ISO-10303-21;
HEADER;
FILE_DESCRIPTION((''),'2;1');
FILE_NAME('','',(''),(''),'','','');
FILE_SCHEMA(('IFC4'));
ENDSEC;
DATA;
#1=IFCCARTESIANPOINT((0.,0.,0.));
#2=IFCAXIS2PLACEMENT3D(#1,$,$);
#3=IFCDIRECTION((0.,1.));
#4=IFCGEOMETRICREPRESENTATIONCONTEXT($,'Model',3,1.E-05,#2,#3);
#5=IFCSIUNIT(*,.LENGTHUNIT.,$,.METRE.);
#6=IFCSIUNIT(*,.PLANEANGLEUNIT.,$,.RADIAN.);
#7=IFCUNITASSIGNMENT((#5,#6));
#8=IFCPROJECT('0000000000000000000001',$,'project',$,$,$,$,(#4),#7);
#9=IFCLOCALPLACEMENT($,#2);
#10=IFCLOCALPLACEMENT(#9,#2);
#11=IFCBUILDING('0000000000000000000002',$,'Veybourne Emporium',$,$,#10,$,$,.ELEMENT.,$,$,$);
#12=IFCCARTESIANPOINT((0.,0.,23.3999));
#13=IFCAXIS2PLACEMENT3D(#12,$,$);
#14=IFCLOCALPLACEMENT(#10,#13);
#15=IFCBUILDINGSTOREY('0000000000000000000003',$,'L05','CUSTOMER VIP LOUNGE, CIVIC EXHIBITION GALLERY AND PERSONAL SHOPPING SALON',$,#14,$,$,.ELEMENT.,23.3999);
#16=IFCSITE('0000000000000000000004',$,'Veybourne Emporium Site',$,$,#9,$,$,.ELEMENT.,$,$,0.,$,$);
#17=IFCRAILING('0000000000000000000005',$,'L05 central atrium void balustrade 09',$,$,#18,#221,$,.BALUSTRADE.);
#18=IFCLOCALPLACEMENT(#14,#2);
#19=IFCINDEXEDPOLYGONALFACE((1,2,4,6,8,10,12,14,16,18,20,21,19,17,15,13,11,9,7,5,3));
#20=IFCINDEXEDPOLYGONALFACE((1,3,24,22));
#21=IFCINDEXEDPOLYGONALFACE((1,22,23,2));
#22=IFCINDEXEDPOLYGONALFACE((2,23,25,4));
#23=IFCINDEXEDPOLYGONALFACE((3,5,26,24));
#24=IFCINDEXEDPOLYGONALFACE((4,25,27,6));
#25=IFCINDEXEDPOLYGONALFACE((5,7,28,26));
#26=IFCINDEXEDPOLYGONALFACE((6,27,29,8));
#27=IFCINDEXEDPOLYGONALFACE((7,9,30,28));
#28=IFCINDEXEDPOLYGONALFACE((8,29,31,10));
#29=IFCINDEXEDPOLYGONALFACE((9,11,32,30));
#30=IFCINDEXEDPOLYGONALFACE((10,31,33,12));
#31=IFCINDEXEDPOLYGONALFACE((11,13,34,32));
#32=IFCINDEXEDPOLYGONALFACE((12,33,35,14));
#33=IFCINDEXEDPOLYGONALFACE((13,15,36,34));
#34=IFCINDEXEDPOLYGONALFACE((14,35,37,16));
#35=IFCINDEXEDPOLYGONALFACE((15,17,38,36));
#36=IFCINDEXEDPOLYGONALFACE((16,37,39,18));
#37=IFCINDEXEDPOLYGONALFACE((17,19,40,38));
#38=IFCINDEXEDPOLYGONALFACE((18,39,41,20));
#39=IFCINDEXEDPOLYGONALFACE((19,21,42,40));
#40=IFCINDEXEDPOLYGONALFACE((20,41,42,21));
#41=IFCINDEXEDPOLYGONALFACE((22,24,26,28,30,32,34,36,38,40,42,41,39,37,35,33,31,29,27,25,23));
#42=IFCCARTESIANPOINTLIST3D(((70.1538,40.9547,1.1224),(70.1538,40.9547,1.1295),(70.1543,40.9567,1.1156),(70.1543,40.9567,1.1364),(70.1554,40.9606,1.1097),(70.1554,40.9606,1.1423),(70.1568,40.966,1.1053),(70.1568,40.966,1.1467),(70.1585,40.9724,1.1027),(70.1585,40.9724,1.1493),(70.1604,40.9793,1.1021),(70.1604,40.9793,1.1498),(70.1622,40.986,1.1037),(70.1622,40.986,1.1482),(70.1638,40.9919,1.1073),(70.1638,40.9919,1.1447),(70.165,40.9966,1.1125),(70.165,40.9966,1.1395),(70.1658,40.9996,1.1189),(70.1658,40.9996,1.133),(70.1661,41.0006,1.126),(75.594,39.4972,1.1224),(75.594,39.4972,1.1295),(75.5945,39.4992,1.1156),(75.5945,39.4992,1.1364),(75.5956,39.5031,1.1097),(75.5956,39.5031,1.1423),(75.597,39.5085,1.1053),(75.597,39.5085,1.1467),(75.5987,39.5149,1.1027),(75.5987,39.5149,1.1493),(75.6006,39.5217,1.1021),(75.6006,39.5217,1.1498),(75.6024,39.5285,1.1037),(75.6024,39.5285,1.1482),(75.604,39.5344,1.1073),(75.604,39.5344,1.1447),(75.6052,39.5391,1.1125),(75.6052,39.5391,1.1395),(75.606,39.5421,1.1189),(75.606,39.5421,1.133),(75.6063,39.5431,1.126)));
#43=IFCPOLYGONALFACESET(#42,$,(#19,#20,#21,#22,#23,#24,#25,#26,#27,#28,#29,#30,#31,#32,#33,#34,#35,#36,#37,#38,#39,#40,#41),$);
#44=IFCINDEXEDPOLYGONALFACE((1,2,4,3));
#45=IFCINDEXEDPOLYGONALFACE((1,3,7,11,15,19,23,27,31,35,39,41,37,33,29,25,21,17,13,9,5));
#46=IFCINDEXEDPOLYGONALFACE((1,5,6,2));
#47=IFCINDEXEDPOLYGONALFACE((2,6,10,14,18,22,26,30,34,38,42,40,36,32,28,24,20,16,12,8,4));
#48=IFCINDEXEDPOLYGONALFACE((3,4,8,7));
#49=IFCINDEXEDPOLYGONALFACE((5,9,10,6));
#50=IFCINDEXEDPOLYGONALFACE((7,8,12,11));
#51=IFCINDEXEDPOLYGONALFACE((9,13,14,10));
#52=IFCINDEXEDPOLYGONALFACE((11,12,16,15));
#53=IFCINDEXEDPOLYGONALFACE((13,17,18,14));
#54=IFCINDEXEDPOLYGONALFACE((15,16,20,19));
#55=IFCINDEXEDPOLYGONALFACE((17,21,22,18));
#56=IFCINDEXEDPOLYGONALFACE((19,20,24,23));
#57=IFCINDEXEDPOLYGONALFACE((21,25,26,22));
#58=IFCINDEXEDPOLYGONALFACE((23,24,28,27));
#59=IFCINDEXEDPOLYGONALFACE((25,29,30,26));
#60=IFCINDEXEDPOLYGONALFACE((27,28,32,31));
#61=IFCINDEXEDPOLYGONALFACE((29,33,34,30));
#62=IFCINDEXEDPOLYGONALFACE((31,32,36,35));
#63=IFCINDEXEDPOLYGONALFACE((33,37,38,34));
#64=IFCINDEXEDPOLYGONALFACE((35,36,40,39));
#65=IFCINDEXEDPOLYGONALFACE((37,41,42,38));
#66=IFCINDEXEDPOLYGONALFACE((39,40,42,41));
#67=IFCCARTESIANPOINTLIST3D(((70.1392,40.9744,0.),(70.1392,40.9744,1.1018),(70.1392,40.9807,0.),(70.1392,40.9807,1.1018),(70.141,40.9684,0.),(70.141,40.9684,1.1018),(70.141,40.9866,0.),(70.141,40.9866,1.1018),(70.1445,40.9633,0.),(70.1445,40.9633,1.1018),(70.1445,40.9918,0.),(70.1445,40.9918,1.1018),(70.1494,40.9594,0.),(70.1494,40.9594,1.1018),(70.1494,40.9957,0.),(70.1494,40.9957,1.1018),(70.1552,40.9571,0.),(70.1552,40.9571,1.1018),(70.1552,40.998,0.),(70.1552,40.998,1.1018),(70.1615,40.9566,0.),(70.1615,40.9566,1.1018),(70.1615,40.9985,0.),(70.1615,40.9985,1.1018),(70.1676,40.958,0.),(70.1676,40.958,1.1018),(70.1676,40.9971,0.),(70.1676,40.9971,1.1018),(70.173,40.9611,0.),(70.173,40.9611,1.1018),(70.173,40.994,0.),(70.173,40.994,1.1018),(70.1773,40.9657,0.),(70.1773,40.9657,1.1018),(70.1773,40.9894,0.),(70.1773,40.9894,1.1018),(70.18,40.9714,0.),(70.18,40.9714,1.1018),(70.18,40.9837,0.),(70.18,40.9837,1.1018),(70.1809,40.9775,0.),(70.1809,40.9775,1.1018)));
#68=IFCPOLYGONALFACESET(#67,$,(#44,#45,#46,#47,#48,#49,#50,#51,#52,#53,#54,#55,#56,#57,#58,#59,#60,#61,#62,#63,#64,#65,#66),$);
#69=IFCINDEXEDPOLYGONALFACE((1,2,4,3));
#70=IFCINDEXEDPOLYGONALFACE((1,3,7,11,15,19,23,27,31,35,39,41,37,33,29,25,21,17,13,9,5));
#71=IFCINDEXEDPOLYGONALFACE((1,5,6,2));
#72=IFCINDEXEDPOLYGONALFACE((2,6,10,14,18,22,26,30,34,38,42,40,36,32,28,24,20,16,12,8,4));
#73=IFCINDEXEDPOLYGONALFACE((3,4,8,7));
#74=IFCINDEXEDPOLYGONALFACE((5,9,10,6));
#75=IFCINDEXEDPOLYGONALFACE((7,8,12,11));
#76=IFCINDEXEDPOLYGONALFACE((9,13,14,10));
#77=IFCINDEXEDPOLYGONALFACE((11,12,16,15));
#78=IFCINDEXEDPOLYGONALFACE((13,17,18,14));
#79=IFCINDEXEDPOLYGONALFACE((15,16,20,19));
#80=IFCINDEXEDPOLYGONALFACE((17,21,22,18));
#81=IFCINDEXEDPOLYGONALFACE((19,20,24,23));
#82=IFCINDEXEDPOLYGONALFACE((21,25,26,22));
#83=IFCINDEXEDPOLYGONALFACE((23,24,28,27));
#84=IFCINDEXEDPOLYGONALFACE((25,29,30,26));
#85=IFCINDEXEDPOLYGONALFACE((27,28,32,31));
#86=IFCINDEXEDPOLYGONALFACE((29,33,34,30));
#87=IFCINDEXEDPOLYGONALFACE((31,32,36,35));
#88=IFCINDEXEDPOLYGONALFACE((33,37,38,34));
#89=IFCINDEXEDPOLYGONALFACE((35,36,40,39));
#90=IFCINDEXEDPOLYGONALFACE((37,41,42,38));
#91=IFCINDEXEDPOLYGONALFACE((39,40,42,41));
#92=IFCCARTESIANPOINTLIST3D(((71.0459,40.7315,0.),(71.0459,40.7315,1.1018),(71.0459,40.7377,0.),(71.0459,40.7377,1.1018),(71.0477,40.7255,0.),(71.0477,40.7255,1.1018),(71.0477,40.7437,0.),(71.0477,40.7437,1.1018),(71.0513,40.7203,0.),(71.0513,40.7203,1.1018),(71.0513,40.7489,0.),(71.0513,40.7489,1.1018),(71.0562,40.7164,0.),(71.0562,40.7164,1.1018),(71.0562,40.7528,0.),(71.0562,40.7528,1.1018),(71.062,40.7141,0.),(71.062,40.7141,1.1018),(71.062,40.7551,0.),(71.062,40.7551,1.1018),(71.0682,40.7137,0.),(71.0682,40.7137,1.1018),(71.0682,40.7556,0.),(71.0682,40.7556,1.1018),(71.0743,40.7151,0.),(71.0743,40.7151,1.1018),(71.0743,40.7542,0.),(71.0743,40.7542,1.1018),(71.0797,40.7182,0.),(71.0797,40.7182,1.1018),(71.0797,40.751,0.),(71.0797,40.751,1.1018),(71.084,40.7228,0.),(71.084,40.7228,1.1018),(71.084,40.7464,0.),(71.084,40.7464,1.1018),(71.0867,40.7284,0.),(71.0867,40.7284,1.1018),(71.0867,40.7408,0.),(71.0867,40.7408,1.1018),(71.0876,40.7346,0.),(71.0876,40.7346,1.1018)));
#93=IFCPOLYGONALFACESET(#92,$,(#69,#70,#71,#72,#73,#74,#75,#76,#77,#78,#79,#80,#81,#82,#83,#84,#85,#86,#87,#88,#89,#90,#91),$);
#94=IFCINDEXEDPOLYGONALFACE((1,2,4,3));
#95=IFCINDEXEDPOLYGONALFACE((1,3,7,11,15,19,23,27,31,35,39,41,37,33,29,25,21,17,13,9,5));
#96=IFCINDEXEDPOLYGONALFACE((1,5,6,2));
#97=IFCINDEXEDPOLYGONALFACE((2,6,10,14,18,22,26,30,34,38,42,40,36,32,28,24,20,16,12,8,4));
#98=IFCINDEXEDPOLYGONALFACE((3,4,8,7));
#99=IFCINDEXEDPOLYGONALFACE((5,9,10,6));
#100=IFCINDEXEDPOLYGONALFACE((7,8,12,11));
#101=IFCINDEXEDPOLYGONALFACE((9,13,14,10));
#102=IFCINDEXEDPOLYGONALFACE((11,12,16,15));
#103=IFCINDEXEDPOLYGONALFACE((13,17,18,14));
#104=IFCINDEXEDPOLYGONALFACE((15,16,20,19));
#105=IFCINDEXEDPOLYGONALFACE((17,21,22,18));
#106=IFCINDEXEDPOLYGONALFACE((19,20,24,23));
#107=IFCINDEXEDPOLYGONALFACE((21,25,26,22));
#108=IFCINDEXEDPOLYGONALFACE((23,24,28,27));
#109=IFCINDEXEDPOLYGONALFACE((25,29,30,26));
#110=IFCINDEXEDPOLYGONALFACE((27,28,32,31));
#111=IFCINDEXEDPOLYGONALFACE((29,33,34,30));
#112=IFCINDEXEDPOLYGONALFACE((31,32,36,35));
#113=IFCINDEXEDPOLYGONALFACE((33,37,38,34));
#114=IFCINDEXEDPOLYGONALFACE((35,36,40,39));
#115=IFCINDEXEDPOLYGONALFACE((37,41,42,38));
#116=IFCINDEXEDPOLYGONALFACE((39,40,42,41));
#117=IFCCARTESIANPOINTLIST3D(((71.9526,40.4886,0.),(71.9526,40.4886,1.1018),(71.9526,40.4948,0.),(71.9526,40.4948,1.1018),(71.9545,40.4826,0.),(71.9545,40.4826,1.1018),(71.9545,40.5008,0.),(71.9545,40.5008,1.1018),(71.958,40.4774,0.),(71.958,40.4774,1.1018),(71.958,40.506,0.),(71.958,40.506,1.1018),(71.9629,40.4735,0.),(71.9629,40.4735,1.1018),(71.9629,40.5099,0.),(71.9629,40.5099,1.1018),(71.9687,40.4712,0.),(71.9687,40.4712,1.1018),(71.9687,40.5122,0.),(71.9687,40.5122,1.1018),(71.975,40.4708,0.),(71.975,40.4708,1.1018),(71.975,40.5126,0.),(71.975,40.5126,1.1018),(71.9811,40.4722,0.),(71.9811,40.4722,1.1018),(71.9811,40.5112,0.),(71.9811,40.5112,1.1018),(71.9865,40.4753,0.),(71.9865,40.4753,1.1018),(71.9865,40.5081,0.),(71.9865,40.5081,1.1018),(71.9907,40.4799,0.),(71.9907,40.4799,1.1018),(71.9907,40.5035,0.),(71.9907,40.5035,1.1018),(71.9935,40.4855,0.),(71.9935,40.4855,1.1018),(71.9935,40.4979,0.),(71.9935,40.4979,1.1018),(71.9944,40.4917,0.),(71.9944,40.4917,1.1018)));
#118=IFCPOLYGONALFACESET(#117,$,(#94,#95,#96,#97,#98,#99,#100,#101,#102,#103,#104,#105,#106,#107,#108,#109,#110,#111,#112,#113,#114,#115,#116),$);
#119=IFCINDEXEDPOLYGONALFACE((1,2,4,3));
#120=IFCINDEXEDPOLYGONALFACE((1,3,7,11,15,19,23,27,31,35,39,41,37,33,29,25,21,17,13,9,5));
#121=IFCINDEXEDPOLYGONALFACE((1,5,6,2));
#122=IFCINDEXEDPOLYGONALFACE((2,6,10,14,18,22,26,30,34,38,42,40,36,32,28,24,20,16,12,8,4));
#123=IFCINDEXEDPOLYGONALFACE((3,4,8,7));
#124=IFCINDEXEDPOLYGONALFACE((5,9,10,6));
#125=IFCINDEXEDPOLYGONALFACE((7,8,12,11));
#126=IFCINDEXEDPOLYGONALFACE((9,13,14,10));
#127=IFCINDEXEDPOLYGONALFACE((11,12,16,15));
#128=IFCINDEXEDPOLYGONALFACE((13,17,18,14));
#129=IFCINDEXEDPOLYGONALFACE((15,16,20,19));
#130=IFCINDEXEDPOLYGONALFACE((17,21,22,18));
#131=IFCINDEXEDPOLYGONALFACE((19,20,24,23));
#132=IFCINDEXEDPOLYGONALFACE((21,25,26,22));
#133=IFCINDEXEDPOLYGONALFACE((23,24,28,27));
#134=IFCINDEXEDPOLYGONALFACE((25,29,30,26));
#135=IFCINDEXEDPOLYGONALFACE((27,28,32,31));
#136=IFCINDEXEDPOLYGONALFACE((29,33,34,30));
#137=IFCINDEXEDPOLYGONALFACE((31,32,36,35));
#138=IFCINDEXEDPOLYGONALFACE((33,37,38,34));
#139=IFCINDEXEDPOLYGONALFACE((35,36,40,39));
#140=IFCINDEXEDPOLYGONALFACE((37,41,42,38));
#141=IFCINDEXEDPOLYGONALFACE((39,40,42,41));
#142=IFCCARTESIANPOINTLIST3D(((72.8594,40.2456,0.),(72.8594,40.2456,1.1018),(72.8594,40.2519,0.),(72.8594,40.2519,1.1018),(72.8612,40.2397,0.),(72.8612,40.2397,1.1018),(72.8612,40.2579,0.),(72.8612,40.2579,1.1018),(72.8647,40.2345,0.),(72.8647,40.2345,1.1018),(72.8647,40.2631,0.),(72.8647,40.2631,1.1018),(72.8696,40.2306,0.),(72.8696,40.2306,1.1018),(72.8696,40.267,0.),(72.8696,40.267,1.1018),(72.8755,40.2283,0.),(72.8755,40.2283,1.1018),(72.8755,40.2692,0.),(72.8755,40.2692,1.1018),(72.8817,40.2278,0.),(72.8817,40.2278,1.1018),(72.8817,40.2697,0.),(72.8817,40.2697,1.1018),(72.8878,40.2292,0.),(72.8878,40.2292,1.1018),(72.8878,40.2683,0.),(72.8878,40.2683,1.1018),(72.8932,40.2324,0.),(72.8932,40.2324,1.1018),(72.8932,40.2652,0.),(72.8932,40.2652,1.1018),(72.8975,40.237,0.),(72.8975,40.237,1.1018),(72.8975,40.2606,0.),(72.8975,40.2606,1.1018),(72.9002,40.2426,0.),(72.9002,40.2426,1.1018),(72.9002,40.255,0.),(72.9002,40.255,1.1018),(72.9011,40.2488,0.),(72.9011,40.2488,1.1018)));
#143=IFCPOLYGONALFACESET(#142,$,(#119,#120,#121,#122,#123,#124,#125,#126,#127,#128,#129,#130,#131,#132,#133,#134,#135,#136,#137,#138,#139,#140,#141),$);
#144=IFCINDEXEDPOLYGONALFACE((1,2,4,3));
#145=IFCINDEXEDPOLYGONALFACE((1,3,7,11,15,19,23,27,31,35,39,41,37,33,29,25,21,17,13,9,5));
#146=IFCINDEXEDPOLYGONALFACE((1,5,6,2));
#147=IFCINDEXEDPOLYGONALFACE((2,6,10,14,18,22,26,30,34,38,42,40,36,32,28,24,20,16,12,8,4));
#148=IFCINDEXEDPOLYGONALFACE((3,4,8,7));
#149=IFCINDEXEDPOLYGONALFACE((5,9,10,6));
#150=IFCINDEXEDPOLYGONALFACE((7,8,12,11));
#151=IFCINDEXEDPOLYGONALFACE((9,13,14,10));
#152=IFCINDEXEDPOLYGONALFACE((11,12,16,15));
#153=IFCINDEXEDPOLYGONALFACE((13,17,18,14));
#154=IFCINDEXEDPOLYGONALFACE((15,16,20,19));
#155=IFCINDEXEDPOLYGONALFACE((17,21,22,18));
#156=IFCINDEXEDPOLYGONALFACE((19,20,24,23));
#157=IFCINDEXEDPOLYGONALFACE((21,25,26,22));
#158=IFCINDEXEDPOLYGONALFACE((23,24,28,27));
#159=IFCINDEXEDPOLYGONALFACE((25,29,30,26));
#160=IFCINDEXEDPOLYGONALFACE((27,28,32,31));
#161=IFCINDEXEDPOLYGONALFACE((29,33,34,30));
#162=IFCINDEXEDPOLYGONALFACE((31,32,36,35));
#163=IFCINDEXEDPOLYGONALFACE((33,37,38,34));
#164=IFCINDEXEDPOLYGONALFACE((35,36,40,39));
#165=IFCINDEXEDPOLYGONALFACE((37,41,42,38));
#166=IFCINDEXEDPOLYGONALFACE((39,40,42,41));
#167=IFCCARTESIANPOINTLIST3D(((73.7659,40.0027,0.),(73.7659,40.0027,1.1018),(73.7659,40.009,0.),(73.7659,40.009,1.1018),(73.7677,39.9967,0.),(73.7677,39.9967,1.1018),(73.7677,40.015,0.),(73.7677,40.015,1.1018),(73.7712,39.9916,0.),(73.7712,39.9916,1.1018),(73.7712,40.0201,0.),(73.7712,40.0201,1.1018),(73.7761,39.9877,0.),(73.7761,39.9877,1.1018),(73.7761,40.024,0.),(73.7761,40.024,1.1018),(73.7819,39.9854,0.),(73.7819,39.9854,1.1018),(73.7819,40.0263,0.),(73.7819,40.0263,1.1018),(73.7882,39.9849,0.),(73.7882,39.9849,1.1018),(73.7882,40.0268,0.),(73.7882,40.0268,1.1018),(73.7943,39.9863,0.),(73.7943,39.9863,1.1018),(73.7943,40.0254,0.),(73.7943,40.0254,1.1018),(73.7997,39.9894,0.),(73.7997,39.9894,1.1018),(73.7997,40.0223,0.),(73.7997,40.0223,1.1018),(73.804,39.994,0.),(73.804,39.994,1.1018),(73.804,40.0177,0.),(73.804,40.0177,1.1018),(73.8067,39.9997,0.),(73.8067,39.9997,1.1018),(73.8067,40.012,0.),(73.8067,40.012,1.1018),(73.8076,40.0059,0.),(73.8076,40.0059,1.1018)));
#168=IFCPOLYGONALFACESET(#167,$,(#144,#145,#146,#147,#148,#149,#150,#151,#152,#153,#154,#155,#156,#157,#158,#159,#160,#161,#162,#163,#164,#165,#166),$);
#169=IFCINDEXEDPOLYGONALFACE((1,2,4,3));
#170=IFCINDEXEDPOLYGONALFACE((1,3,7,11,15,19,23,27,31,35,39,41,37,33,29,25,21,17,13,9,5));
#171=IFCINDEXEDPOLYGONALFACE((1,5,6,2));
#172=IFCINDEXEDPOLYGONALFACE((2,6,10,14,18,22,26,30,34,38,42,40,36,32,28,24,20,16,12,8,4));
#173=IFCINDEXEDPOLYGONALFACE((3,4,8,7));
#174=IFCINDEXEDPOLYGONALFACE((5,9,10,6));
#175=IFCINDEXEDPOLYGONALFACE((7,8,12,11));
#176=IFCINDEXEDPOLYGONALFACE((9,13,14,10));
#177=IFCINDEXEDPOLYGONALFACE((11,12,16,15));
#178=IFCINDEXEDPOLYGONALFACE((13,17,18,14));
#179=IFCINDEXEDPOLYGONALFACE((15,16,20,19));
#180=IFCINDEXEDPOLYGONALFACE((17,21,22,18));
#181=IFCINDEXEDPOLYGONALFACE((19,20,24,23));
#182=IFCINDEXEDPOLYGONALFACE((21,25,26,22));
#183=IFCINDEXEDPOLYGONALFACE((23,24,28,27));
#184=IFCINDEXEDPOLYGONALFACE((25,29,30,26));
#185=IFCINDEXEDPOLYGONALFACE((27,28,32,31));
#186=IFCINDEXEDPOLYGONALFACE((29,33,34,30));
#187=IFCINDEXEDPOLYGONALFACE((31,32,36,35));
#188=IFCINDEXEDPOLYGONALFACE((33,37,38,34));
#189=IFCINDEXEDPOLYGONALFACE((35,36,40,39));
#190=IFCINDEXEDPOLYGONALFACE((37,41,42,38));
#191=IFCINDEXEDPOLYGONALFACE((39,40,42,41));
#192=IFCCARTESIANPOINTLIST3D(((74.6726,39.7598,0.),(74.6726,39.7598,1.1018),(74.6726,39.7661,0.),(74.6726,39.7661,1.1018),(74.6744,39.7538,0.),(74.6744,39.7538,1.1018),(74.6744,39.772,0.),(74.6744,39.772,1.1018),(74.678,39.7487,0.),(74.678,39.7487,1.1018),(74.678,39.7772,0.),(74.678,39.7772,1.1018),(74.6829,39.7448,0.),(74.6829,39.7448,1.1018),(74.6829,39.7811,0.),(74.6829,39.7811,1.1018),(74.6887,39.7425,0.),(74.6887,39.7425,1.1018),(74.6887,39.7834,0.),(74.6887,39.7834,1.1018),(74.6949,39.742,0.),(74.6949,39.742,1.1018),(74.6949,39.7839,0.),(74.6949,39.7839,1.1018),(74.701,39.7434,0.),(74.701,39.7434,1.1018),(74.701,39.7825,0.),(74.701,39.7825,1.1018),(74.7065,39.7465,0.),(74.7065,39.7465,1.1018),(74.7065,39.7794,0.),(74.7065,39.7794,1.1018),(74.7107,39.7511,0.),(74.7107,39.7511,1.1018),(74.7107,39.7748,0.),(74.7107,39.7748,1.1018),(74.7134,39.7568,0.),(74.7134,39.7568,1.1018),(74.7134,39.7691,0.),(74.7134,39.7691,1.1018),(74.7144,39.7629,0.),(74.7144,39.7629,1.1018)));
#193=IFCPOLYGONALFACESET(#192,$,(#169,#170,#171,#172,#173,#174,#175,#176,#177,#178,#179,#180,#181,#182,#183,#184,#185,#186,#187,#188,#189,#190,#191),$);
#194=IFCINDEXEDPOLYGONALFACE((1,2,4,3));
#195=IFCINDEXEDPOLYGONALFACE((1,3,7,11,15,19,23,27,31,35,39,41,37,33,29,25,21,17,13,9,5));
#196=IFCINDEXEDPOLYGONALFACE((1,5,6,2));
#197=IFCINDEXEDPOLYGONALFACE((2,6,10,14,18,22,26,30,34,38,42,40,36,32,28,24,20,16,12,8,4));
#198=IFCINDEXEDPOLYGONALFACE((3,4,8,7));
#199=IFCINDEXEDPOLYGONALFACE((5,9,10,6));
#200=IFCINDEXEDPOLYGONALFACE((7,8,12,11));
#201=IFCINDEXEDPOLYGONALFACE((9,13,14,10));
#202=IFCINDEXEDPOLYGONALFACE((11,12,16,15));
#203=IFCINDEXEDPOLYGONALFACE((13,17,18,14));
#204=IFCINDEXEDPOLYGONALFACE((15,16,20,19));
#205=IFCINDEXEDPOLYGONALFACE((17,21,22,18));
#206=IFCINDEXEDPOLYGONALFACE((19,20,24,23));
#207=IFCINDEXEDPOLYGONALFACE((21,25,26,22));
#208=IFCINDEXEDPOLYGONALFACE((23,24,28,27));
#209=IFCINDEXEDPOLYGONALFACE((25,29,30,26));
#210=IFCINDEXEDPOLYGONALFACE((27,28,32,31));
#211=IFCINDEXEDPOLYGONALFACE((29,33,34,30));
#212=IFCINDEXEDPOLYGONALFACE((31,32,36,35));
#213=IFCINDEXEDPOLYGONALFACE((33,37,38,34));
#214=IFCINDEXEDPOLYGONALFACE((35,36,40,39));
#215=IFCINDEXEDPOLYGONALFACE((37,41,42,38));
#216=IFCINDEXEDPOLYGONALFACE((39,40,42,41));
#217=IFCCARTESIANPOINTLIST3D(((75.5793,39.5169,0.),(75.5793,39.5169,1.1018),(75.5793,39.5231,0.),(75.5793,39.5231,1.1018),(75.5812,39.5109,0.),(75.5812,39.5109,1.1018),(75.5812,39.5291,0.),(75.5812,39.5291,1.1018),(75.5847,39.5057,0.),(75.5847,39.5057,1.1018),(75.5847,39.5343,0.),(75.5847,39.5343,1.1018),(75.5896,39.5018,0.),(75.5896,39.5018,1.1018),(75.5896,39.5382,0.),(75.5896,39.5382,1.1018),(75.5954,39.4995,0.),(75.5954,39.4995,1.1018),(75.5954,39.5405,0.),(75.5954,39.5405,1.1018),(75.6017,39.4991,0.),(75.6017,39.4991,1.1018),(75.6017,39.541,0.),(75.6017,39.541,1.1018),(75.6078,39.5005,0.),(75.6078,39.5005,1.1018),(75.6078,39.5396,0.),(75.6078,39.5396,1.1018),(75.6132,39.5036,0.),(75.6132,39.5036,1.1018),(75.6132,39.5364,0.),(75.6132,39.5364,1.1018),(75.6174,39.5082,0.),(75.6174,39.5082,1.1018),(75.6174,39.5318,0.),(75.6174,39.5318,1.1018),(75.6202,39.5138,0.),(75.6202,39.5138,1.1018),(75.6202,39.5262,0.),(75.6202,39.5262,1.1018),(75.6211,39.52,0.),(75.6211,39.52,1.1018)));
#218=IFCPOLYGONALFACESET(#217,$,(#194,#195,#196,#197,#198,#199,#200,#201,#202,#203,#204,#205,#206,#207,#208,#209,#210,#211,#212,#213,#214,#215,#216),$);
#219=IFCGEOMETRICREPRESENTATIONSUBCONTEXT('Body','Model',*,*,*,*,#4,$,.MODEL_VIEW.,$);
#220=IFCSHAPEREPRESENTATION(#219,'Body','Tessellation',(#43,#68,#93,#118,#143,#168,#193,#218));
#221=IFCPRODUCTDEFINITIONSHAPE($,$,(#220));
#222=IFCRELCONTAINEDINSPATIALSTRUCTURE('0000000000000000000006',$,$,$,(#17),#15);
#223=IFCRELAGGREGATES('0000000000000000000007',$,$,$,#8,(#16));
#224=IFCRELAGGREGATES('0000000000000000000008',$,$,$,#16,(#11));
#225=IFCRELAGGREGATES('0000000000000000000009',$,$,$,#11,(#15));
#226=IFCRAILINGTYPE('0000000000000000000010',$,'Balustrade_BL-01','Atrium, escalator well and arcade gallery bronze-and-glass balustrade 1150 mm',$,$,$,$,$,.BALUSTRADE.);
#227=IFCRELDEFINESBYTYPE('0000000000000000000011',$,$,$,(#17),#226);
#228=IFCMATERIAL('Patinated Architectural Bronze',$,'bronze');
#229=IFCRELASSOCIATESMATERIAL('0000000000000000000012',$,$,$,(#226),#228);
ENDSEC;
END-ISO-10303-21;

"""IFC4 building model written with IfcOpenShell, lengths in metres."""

from ifc_helpers import new_model, si_unit, direction, frame, origin, origin_2d, place, context, subcontext, project, spatial, circle, extrude, material, type_object, element, save


model = new_model("IFC4")

# Units and contexts
model_context = context("Model", 3, precision=1e-05, world=origin(), true_north=direction((0.0, 1.0)))
body_context = subcontext(model_context, "Body", "Model", "MODEL_VIEW")
ifc_project = project(units=[si_unit("LENGTHUNIT", "METRE"), si_unit("PLANEANGLEUNIT", "RADIAN")], contexts=[model_context])

# Site, building, storey
site_placement = place(None, origin())
site = spatial("IfcSite", under=ifc_project, at=site_placement, Name="Veybourne Emporium Site", CompositionType="ELEMENT", RefElevation=0.0)
building_placement = place(site_placement, origin())
building = spatial("IfcBuilding", under=site, at=building_placement, Name="Veybourne Emporium", CompositionType="ELEMENT")
storey_placement = place(building_placement, frame((0.0, 0.0, 23.3999)))
storey = spatial("IfcBuildingStorey", under=building, at=storey_placement, Name="L05", Description="CUSTOMER VIP LOUNGE, CIVIC EXHIBITION GALLERY AND PERSONAL SHOPPING SALON", CompositionType="ELEMENT", Elevation=23.3999)

# Railing
ifc_material_1 = material(Name="Patinated Architectural Bronze", Category="bronze")
railing_type = type_object("IfcRailingType", Name="Balustrade_BL-01", Description="Atrium, escalator well and arcade gallery bronze-and-glass balustrade 1150 mm", PredefinedType="BALUSTRADE", material=ifc_material_1)
railing_1_placement = place(storey_placement, frame((70.1599, 40.9775, 0.0)))
element("IfcRailing", 1, at=railing_1_placement, inside=storey, type_object=railing_type, Name="L05 central atrium void balustrade 09", PredefinedType="BALUSTRADE", context=body_context, shape_type="SweptSolid", body=[
    extrude(circle(Radius=0.0239, at=origin_2d()), frame((0.0, 0.0, 1.126), z_axis=(0.965934, -0.25879, 0.0), x_axis=(0.25879, 0.965934, 0.0)), (0.0, 0.0, 1.0), 5.6321),
    extrude(circle(Radius=0.021, at=origin_2d()), origin(), (0.0, 0.0, 1.0), 1.1018),
    extrude(circle(Radius=0.021, at=origin_2d()), frame((0.9067, -0.2429, 0.0)), (0.0, 0.0, 1.0), 1.1018),
    extrude(circle(Radius=0.021, at=origin_2d()), frame((1.8135, -0.4858, 0.0)), (0.0, 0.0, 1.0), 1.1018),
    extrude(circle(Radius=0.021, at=origin_2d()), frame((2.7202, -0.7288, 0.0)), (0.0, 0.0, 1.0), 1.1018),
    extrude(circle(Radius=0.021, at=origin_2d()), frame((3.6267, -0.9717, 0.0)), (0.0, 0.0, 1.0), 1.1018),
    extrude(circle(Radius=0.021, at=origin_2d()), frame((4.5334, -1.2146, 0.0)), (0.0, 0.0, 1.0), 1.1018),
    extrude(circle(Radius=0.021, at=origin_2d()), frame((5.4402, -1.4575, 0.0)), (0.0, 0.0, 1.0), 1.1018),
])

save(model, "model.ifc")
